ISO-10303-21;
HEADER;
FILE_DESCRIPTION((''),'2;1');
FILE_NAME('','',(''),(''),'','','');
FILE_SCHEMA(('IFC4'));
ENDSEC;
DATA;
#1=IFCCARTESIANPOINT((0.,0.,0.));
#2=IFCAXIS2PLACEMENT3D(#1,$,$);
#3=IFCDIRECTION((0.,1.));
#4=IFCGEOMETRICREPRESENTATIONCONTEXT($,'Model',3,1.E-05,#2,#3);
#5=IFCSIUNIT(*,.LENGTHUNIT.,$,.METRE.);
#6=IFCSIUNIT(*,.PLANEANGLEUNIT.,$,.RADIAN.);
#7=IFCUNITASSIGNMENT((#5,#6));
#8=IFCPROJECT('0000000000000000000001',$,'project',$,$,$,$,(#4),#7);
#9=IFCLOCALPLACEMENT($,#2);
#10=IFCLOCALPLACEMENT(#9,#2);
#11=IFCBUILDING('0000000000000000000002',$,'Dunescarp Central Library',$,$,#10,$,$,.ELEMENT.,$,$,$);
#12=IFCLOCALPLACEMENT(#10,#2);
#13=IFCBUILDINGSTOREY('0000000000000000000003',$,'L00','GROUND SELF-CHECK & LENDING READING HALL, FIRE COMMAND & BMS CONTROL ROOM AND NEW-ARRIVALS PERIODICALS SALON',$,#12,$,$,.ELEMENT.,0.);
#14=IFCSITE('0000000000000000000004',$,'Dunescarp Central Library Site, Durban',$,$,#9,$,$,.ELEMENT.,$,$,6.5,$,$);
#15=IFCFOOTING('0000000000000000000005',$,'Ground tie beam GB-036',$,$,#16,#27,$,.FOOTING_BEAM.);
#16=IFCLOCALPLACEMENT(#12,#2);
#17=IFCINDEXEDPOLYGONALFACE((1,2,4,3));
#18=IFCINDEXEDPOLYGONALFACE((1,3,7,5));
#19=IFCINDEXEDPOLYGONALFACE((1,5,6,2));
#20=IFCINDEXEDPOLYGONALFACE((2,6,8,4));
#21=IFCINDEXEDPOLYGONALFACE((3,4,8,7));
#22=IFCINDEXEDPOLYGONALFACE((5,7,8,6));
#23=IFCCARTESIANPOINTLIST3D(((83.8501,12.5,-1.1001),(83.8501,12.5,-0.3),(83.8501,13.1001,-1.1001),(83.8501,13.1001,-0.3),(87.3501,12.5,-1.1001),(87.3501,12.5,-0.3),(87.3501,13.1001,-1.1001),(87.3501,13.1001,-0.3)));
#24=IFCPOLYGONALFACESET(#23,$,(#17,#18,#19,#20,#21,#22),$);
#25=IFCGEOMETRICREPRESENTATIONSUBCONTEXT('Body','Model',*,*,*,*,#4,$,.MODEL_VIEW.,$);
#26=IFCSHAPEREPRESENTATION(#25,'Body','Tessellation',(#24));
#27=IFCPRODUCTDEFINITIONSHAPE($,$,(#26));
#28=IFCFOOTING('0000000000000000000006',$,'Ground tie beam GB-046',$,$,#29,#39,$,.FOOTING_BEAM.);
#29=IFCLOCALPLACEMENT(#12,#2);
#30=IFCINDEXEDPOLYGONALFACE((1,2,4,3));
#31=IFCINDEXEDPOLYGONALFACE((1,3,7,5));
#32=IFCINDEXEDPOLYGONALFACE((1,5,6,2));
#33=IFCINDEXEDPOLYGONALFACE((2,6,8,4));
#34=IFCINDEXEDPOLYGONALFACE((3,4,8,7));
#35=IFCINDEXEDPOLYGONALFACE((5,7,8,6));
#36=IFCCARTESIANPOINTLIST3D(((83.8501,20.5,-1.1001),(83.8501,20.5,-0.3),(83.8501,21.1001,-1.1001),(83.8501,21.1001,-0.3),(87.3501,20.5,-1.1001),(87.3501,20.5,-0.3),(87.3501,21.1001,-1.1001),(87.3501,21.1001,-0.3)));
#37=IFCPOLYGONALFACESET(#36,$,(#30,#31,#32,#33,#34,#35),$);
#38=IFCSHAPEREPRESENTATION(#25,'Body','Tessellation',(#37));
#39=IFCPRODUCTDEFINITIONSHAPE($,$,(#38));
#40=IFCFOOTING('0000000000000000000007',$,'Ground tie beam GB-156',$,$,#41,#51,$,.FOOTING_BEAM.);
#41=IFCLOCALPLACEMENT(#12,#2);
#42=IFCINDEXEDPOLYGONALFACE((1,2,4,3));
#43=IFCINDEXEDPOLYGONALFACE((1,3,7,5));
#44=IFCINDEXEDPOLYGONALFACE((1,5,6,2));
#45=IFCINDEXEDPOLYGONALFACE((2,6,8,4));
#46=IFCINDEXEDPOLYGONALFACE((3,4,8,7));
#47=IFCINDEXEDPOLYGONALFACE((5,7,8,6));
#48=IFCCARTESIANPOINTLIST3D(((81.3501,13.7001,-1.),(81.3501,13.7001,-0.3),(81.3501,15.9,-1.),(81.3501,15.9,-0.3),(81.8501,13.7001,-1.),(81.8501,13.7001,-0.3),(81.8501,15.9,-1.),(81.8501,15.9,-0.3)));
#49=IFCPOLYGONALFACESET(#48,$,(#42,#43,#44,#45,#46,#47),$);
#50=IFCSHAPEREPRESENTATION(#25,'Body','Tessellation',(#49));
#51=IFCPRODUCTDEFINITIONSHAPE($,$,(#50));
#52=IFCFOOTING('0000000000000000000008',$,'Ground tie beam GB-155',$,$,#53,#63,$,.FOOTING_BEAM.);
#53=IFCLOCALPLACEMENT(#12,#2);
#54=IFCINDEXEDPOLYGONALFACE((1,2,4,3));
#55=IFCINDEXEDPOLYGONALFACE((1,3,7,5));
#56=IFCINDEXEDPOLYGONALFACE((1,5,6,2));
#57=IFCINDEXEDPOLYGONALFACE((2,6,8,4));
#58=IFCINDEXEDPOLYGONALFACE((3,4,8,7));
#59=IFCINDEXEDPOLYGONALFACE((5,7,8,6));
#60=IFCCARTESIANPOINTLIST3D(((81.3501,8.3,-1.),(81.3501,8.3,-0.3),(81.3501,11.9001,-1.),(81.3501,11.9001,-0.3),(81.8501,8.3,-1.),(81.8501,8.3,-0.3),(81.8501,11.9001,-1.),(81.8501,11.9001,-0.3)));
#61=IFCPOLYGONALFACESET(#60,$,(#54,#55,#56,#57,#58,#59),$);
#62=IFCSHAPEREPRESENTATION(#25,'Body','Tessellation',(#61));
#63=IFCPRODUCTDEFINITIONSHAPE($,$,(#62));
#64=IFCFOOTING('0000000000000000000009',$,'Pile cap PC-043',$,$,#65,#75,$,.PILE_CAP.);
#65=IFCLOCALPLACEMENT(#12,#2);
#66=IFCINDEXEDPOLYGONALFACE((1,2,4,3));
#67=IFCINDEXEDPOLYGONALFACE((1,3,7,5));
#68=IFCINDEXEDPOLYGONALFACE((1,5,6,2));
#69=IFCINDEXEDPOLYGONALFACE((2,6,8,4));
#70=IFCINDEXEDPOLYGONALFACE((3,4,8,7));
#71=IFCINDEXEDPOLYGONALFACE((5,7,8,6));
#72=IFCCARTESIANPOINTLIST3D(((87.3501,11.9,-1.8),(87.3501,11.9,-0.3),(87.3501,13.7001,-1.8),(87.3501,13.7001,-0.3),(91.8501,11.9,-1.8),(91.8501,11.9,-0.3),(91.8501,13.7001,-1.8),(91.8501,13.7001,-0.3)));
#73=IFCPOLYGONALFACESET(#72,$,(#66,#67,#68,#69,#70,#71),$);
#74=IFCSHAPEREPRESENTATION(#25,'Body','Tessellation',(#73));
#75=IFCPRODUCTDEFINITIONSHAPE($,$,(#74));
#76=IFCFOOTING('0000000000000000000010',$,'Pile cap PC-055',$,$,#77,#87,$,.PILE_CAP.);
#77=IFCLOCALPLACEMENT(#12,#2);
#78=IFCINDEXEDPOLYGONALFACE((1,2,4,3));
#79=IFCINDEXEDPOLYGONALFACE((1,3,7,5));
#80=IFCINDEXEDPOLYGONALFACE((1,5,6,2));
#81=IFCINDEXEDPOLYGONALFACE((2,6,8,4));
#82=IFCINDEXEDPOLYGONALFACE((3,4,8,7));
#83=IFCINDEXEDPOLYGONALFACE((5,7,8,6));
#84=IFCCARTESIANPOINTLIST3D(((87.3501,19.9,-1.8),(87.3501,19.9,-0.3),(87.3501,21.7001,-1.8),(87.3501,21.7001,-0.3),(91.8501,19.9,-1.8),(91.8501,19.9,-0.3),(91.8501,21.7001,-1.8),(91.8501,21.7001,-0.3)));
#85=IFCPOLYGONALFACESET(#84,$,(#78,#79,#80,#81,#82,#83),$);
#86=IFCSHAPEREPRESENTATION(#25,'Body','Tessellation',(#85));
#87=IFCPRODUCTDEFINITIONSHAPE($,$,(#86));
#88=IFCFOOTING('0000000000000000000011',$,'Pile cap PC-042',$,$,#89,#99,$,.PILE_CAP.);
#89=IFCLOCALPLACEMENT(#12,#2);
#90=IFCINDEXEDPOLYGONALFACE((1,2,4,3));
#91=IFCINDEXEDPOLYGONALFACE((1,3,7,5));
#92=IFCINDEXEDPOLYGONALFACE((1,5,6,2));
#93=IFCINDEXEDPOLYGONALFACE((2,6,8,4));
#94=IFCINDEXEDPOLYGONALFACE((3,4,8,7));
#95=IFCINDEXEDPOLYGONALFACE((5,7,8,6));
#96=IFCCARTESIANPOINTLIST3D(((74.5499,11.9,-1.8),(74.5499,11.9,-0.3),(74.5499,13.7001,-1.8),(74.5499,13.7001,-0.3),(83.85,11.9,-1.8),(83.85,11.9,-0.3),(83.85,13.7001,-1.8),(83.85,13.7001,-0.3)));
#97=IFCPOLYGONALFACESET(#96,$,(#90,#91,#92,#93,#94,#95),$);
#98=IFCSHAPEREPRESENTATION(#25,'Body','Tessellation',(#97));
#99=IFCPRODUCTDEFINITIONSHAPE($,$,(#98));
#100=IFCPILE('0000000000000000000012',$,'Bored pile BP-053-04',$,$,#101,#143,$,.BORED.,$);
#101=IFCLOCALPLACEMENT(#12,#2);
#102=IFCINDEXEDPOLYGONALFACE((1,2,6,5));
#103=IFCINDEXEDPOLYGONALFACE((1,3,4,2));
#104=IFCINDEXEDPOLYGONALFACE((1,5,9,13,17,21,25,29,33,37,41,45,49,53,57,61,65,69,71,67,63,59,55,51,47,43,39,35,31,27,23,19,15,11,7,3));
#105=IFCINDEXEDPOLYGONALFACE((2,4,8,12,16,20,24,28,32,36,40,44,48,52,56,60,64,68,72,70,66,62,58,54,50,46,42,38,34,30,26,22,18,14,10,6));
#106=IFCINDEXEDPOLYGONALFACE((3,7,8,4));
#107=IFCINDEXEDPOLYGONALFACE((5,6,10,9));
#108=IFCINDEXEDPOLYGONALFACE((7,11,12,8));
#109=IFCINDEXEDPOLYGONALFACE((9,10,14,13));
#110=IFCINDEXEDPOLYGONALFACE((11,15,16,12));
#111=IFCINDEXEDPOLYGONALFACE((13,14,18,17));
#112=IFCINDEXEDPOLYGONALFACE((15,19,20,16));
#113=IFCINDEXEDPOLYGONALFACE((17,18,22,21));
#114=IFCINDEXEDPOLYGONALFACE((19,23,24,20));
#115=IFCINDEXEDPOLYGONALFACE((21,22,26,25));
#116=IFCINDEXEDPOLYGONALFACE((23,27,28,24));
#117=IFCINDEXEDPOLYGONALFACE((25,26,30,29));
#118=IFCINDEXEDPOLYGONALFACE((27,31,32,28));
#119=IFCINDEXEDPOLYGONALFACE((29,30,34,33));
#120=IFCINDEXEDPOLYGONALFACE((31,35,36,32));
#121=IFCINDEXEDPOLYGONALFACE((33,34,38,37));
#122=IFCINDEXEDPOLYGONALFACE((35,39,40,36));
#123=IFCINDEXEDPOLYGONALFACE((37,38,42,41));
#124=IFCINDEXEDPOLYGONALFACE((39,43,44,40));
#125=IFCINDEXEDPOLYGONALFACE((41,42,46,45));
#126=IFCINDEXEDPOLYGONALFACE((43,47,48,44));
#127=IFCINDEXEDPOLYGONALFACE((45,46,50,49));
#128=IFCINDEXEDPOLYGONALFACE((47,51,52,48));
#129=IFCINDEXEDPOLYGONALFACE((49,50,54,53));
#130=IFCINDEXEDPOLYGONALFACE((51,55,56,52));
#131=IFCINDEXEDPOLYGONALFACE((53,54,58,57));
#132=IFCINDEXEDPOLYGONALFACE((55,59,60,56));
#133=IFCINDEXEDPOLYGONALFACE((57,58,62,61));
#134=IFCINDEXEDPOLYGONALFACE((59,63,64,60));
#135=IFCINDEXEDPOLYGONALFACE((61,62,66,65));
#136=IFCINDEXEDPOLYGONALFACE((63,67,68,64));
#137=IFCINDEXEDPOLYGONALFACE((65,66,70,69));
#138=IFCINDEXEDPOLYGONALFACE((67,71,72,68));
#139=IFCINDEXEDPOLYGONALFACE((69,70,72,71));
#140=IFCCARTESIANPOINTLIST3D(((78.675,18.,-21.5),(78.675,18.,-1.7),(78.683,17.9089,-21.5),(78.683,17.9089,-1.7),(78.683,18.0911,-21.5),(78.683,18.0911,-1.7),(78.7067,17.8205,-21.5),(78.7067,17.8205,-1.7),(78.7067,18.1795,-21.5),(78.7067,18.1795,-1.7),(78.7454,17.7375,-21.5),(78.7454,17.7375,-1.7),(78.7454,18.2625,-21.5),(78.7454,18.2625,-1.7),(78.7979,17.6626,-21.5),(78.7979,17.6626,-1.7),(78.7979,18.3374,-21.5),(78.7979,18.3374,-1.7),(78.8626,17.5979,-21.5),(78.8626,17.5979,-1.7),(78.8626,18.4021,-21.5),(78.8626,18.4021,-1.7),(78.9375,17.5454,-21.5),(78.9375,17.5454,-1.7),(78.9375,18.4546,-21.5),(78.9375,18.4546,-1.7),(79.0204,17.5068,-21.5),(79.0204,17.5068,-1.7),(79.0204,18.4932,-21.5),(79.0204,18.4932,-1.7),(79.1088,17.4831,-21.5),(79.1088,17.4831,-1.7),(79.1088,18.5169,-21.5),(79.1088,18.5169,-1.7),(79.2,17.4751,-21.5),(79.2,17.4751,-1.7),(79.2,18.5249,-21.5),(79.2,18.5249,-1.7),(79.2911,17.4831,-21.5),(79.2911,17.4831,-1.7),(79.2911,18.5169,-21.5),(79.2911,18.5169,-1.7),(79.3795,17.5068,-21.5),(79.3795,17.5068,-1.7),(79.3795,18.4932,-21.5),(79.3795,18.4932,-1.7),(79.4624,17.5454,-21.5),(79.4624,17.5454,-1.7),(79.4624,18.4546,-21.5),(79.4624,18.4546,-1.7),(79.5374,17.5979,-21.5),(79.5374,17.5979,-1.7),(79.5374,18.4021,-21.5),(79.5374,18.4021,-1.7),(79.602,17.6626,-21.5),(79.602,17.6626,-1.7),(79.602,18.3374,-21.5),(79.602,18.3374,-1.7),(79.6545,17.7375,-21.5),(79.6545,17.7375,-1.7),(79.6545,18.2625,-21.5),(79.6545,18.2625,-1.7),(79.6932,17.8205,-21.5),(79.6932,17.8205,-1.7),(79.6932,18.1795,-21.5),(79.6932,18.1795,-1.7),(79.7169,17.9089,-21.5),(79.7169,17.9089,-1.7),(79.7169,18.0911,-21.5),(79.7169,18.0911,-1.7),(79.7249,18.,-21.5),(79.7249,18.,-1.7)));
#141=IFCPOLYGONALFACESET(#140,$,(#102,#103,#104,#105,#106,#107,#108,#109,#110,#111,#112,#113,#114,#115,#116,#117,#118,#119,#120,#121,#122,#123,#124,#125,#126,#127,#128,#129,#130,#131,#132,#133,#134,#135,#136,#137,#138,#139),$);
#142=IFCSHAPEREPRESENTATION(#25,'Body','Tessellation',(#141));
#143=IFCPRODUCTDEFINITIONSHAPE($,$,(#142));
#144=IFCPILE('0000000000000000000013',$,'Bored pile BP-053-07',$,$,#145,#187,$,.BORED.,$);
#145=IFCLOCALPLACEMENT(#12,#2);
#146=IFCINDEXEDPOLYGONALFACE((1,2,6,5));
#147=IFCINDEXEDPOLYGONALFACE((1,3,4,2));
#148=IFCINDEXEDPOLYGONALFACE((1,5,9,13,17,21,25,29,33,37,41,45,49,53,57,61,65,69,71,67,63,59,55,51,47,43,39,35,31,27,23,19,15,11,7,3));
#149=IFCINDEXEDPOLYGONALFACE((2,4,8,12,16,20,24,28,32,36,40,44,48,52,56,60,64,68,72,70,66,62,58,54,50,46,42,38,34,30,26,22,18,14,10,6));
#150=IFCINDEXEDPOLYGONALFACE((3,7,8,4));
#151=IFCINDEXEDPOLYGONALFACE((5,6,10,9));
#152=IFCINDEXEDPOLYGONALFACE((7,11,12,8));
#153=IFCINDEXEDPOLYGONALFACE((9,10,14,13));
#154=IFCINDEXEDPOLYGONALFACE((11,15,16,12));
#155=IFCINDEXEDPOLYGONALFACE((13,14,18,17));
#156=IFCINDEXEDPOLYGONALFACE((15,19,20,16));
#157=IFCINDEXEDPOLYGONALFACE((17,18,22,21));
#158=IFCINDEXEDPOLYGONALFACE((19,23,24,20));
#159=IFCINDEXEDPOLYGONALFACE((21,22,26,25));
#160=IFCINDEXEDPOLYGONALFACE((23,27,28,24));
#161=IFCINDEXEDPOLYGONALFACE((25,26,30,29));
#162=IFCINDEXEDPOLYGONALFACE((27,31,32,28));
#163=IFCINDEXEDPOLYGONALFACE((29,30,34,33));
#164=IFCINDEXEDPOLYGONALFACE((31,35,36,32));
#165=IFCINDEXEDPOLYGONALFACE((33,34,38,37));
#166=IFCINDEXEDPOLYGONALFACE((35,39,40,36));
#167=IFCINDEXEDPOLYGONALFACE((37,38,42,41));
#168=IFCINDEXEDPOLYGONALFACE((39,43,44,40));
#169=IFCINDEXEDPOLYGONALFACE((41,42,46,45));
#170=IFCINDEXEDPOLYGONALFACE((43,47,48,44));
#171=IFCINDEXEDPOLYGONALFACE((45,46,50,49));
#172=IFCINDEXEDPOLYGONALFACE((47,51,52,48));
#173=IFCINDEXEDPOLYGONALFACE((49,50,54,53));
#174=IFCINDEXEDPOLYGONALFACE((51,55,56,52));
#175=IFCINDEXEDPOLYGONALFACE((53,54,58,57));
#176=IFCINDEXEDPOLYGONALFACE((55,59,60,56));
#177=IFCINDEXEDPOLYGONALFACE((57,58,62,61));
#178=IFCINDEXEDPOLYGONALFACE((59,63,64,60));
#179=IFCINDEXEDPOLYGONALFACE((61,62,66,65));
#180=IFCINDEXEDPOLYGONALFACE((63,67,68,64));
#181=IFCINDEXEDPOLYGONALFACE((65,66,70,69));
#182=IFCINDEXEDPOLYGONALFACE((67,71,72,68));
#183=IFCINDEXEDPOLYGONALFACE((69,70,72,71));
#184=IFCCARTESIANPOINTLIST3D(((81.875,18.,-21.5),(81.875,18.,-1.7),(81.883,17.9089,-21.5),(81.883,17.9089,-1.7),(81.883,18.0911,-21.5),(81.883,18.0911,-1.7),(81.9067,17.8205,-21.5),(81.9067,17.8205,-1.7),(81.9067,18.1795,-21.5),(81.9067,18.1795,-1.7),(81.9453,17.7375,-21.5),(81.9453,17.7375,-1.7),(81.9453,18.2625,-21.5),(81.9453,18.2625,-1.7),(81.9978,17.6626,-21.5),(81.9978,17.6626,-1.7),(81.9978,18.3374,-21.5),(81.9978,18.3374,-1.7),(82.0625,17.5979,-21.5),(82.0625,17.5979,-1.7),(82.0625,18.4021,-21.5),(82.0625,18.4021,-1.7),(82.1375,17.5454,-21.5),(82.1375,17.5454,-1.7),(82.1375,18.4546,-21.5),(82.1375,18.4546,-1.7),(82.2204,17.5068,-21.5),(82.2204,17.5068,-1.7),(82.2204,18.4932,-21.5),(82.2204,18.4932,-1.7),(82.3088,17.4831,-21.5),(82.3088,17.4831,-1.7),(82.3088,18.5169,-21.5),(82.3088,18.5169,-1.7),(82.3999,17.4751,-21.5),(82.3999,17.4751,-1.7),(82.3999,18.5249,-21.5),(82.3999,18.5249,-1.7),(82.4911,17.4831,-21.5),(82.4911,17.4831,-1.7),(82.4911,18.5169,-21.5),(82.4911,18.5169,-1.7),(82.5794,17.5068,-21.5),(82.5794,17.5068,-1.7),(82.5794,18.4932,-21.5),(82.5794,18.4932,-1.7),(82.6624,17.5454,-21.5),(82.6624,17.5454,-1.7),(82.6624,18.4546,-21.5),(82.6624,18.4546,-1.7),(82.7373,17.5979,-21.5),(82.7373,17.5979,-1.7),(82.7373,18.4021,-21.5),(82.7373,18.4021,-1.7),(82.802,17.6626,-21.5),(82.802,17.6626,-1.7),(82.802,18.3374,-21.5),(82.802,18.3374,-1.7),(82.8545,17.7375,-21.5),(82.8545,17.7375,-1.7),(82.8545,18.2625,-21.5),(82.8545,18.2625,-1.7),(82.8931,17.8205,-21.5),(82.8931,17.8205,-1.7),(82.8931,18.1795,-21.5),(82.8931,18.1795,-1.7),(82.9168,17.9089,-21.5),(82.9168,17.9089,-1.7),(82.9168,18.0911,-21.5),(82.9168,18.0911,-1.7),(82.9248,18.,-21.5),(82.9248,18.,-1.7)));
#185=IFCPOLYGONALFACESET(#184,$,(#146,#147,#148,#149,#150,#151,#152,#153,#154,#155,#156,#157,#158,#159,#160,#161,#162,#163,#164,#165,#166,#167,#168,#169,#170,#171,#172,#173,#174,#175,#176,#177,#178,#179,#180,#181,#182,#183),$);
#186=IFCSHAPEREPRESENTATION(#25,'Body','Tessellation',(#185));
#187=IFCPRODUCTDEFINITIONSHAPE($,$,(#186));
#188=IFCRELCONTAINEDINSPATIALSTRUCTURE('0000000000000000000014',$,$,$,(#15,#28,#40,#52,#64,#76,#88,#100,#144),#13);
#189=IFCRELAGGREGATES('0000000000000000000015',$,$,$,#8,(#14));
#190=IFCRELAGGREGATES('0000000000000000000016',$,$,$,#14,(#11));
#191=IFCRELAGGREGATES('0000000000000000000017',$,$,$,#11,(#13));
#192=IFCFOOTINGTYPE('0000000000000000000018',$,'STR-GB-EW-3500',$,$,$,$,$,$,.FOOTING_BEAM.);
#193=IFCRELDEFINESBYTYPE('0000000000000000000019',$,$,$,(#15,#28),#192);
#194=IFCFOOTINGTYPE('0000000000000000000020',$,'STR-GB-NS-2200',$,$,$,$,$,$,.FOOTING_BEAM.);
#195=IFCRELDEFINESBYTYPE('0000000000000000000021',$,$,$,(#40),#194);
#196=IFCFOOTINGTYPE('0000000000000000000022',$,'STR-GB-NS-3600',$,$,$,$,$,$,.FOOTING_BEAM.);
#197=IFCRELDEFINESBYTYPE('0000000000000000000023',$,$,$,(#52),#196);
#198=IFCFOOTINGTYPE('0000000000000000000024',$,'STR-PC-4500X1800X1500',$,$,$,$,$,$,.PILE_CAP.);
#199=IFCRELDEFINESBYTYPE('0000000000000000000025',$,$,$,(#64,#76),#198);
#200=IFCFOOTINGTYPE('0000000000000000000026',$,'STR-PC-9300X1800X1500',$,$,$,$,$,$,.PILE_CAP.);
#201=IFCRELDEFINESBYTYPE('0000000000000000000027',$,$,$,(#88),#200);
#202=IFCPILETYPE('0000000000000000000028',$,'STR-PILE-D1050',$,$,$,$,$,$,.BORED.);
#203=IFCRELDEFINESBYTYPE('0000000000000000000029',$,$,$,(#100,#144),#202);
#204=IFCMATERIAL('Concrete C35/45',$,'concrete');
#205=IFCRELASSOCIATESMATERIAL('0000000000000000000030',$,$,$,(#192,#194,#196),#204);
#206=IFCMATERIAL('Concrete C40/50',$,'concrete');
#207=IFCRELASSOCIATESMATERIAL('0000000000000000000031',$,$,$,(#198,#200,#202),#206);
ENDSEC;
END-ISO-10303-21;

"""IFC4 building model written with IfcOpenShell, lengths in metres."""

from ifc_helpers import new_model, si_unit, direction, frame, origin, origin_2d, place, context, subcontext, project, spatial, rectangle, circle, extrude, material, material_profile, profile_set, type_object, element, save


model = new_model("IFC4")

# Units and contexts
model_context = context("Model", 3, precision=1e-05, world=origin(), true_north=direction((0.0, 1.0)))
body_context = subcontext(model_context, "Body", "Model", "MODEL_VIEW")
ifc_project = project(units=[si_unit("LENGTHUNIT", "METRE"), si_unit("PLANEANGLEUNIT", "RADIAN")], contexts=[model_context])

# Site, building, storey
site_placement = place(None, origin())
site = spatial("IfcSite", under=ifc_project, at=site_placement, Name="Dunescarp Central Library Site, Durban", CompositionType="ELEMENT", RefElevation=6.5)
building_placement = place(site_placement, origin())
building = spatial("IfcBuilding", under=site, at=building_placement, Name="Dunescarp Central Library", CompositionType="ELEMENT")
storey_placement = place(building_placement, origin())
storey = spatial("IfcBuildingStorey", under=building, at=storey_placement, Name="L00", Description="GROUND SELF-CHECK & LENDING READING HALL, FIRE COMMAND & BMS CONTROL ROOM AND NEW-ARRIVALS PERIODICALS SALON", CompositionType="ELEMENT", Elevation=0.0)

# Footings
ifc_material_1 = material(Name="Concrete C35/45", Category="concrete")
footing_type_1 = type_object("IfcFootingType", Name="STR-GB-EW-3500", PredefinedType="FOOTING_BEAM", material=ifc_material_1)
for number, where, z_axis, x_axis, name in (
    (1, (85.6001, 12.8, -1.1001), (0.0, 0.0, 1.0), (1.0, 0.0, 0.0), "Ground tie beam GB-036"),
    (2, (85.6001, 20.8, -1.1001), (0.0, 0.0, 1.0), (1.0, 0.0, 0.0), "Ground tie beam GB-046"),
):
    element("IfcFooting", number, at=place(storey_placement, frame(where, z_axis=z_axis, x_axis=x_axis)), inside=storey, type_object=footing_type_1, Name=name, PredefinedType="FOOTING_BEAM", context=body_context, shape_type="SweptSolid", body=[
        extrude(rectangle(XDim=3.5, YDim=0.6001, at=origin_2d()), origin(), (0.0, 0.0, 1.0), 0.8),
    ])
footing_type_2 = type_object("IfcFootingType", Name="STR-GB-NS-2200", PredefinedType="FOOTING_BEAM", material=ifc_material_1)
footing_1_placement = place(storey_placement, frame((81.6001, 14.8, -1.0), z_axis=(0.0, 0.0, 1.0), x_axis=(0.0, 1.0, 0.0)))
element("IfcFooting", 3, at=footing_1_placement, inside=storey, type_object=footing_type_2, Name="Ground tie beam GB-156", PredefinedType="FOOTING_BEAM", context=body_context, shape_type="SweptSolid", body=[
    extrude(rectangle(XDim=2.2, YDim=0.5, at=origin_2d()), origin(), (0.0, 0.0, 1.0), 0.7),
])
footing_type_3 = type_object("IfcFootingType", Name="STR-GB-NS-3600", PredefinedType="FOOTING_BEAM", material=ifc_material_1)
footing_2_placement = place(storey_placement, frame((81.6001, 10.1001, -1.0), z_axis=(0.0, 0.0, 1.0), x_axis=(0.0, 1.0, 0.0)))
element("IfcFooting", 4, at=footing_2_placement, inside=storey, type_object=footing_type_3, Name="Ground tie beam GB-155", PredefinedType="FOOTING_BEAM", context=body_context, shape_type="SweptSolid", body=[
    extrude(rectangle(XDim=3.6001, YDim=0.5, at=origin_2d()), origin(), (0.0, 0.0, 1.0), 0.7),
])
ifc_material_2 = material(Name="Concrete C40/50", Category="concrete")
footing_type_4 = type_object("IfcFootingType", Name="STR-PC-4500X1800X1500", PredefinedType="PILE_CAP", material=ifc_material_2)
for number, where, z_axis, x_axis, name in (
    (5, (89.6001, 12.8, -1.8), (0.0, 0.0, 1.0), (1.0, 0.0, 0.0), "Pile cap PC-043"),
    (6, (89.6001, 20.8, -1.8), (0.0, 0.0, 1.0), (1.0, 0.0, 0.0), "Pile cap PC-055"),
):
    element("IfcFooting", number, at=place(storey_placement, frame(where, z_axis=z_axis, x_axis=x_axis)), inside=storey, type_object=footing_type_4, Name=name, PredefinedType="PILE_CAP", context=body_context, shape_type="SweptSolid", body=[
        extrude(rectangle(XDim=4.5, YDim=1.8, at=origin_2d()), origin(), (0.0, 0.0, 1.0), 1.5),
    ])
footing_type_5 = type_object("IfcFootingType", Name="STR-PC-9300X1800X1500", PredefinedType="PILE_CAP", material=ifc_material_2)
footing_3_placement = place(storey_placement, frame((79.2, 12.8, -1.8), z_axis=(0.0, 0.0, 1.0), x_axis=(1.0, 0.0, 0.0)))
element("IfcFooting", 7, at=footing_3_placement, inside=storey, type_object=footing_type_5, Name="Pile cap PC-042", PredefinedType="PILE_CAP", context=body_context, shape_type="SweptSolid", body=[
    extrude(rectangle(XDim=9.3, YDim=1.8, at=origin_2d()), origin(), (0.0, 0.0, 1.0), 1.5),
])

# Piles
ifc_material_profile_1 = material_profile(ifc_material_2, circle(Radius=0.5249, at=origin_2d()), Name="PILE D1050")
ifc_profile_set_1 = profile_set([ifc_material_profile_1], Name="Concrete C40/50")
pile_type_1 = type_object("IfcPileType", Name="STR-PILE-D1050", PredefinedType="BORED", material=ifc_profile_set_1)
for number, where, z_axis, x_axis, name in (
    (8, (79.2, 18.0, -1.7), (0.0, 0.0, -1.0), (1.0, 0.0, 0.0), "Bored pile BP-053-04"),
    (9, (82.3999, 18.0, -1.7), (0.0, 0.0, -1.0), (1.0, 0.0, 0.0), "Bored pile BP-053-07"),
):
    element("IfcPile", number, at=place(storey_placement, frame(where, z_axis=z_axis, x_axis=x_axis)), inside=storey, type_object=pile_type_1, Name=name, PredefinedType="BORED", context=body_context, shape_type="SweptSolid", body=[
        extrude(circle(Radius=0.5249, at=origin_2d()), origin(), (0.0, 0.0, 1.0), 19.8),
    ])

save(model, "model.ifc")
